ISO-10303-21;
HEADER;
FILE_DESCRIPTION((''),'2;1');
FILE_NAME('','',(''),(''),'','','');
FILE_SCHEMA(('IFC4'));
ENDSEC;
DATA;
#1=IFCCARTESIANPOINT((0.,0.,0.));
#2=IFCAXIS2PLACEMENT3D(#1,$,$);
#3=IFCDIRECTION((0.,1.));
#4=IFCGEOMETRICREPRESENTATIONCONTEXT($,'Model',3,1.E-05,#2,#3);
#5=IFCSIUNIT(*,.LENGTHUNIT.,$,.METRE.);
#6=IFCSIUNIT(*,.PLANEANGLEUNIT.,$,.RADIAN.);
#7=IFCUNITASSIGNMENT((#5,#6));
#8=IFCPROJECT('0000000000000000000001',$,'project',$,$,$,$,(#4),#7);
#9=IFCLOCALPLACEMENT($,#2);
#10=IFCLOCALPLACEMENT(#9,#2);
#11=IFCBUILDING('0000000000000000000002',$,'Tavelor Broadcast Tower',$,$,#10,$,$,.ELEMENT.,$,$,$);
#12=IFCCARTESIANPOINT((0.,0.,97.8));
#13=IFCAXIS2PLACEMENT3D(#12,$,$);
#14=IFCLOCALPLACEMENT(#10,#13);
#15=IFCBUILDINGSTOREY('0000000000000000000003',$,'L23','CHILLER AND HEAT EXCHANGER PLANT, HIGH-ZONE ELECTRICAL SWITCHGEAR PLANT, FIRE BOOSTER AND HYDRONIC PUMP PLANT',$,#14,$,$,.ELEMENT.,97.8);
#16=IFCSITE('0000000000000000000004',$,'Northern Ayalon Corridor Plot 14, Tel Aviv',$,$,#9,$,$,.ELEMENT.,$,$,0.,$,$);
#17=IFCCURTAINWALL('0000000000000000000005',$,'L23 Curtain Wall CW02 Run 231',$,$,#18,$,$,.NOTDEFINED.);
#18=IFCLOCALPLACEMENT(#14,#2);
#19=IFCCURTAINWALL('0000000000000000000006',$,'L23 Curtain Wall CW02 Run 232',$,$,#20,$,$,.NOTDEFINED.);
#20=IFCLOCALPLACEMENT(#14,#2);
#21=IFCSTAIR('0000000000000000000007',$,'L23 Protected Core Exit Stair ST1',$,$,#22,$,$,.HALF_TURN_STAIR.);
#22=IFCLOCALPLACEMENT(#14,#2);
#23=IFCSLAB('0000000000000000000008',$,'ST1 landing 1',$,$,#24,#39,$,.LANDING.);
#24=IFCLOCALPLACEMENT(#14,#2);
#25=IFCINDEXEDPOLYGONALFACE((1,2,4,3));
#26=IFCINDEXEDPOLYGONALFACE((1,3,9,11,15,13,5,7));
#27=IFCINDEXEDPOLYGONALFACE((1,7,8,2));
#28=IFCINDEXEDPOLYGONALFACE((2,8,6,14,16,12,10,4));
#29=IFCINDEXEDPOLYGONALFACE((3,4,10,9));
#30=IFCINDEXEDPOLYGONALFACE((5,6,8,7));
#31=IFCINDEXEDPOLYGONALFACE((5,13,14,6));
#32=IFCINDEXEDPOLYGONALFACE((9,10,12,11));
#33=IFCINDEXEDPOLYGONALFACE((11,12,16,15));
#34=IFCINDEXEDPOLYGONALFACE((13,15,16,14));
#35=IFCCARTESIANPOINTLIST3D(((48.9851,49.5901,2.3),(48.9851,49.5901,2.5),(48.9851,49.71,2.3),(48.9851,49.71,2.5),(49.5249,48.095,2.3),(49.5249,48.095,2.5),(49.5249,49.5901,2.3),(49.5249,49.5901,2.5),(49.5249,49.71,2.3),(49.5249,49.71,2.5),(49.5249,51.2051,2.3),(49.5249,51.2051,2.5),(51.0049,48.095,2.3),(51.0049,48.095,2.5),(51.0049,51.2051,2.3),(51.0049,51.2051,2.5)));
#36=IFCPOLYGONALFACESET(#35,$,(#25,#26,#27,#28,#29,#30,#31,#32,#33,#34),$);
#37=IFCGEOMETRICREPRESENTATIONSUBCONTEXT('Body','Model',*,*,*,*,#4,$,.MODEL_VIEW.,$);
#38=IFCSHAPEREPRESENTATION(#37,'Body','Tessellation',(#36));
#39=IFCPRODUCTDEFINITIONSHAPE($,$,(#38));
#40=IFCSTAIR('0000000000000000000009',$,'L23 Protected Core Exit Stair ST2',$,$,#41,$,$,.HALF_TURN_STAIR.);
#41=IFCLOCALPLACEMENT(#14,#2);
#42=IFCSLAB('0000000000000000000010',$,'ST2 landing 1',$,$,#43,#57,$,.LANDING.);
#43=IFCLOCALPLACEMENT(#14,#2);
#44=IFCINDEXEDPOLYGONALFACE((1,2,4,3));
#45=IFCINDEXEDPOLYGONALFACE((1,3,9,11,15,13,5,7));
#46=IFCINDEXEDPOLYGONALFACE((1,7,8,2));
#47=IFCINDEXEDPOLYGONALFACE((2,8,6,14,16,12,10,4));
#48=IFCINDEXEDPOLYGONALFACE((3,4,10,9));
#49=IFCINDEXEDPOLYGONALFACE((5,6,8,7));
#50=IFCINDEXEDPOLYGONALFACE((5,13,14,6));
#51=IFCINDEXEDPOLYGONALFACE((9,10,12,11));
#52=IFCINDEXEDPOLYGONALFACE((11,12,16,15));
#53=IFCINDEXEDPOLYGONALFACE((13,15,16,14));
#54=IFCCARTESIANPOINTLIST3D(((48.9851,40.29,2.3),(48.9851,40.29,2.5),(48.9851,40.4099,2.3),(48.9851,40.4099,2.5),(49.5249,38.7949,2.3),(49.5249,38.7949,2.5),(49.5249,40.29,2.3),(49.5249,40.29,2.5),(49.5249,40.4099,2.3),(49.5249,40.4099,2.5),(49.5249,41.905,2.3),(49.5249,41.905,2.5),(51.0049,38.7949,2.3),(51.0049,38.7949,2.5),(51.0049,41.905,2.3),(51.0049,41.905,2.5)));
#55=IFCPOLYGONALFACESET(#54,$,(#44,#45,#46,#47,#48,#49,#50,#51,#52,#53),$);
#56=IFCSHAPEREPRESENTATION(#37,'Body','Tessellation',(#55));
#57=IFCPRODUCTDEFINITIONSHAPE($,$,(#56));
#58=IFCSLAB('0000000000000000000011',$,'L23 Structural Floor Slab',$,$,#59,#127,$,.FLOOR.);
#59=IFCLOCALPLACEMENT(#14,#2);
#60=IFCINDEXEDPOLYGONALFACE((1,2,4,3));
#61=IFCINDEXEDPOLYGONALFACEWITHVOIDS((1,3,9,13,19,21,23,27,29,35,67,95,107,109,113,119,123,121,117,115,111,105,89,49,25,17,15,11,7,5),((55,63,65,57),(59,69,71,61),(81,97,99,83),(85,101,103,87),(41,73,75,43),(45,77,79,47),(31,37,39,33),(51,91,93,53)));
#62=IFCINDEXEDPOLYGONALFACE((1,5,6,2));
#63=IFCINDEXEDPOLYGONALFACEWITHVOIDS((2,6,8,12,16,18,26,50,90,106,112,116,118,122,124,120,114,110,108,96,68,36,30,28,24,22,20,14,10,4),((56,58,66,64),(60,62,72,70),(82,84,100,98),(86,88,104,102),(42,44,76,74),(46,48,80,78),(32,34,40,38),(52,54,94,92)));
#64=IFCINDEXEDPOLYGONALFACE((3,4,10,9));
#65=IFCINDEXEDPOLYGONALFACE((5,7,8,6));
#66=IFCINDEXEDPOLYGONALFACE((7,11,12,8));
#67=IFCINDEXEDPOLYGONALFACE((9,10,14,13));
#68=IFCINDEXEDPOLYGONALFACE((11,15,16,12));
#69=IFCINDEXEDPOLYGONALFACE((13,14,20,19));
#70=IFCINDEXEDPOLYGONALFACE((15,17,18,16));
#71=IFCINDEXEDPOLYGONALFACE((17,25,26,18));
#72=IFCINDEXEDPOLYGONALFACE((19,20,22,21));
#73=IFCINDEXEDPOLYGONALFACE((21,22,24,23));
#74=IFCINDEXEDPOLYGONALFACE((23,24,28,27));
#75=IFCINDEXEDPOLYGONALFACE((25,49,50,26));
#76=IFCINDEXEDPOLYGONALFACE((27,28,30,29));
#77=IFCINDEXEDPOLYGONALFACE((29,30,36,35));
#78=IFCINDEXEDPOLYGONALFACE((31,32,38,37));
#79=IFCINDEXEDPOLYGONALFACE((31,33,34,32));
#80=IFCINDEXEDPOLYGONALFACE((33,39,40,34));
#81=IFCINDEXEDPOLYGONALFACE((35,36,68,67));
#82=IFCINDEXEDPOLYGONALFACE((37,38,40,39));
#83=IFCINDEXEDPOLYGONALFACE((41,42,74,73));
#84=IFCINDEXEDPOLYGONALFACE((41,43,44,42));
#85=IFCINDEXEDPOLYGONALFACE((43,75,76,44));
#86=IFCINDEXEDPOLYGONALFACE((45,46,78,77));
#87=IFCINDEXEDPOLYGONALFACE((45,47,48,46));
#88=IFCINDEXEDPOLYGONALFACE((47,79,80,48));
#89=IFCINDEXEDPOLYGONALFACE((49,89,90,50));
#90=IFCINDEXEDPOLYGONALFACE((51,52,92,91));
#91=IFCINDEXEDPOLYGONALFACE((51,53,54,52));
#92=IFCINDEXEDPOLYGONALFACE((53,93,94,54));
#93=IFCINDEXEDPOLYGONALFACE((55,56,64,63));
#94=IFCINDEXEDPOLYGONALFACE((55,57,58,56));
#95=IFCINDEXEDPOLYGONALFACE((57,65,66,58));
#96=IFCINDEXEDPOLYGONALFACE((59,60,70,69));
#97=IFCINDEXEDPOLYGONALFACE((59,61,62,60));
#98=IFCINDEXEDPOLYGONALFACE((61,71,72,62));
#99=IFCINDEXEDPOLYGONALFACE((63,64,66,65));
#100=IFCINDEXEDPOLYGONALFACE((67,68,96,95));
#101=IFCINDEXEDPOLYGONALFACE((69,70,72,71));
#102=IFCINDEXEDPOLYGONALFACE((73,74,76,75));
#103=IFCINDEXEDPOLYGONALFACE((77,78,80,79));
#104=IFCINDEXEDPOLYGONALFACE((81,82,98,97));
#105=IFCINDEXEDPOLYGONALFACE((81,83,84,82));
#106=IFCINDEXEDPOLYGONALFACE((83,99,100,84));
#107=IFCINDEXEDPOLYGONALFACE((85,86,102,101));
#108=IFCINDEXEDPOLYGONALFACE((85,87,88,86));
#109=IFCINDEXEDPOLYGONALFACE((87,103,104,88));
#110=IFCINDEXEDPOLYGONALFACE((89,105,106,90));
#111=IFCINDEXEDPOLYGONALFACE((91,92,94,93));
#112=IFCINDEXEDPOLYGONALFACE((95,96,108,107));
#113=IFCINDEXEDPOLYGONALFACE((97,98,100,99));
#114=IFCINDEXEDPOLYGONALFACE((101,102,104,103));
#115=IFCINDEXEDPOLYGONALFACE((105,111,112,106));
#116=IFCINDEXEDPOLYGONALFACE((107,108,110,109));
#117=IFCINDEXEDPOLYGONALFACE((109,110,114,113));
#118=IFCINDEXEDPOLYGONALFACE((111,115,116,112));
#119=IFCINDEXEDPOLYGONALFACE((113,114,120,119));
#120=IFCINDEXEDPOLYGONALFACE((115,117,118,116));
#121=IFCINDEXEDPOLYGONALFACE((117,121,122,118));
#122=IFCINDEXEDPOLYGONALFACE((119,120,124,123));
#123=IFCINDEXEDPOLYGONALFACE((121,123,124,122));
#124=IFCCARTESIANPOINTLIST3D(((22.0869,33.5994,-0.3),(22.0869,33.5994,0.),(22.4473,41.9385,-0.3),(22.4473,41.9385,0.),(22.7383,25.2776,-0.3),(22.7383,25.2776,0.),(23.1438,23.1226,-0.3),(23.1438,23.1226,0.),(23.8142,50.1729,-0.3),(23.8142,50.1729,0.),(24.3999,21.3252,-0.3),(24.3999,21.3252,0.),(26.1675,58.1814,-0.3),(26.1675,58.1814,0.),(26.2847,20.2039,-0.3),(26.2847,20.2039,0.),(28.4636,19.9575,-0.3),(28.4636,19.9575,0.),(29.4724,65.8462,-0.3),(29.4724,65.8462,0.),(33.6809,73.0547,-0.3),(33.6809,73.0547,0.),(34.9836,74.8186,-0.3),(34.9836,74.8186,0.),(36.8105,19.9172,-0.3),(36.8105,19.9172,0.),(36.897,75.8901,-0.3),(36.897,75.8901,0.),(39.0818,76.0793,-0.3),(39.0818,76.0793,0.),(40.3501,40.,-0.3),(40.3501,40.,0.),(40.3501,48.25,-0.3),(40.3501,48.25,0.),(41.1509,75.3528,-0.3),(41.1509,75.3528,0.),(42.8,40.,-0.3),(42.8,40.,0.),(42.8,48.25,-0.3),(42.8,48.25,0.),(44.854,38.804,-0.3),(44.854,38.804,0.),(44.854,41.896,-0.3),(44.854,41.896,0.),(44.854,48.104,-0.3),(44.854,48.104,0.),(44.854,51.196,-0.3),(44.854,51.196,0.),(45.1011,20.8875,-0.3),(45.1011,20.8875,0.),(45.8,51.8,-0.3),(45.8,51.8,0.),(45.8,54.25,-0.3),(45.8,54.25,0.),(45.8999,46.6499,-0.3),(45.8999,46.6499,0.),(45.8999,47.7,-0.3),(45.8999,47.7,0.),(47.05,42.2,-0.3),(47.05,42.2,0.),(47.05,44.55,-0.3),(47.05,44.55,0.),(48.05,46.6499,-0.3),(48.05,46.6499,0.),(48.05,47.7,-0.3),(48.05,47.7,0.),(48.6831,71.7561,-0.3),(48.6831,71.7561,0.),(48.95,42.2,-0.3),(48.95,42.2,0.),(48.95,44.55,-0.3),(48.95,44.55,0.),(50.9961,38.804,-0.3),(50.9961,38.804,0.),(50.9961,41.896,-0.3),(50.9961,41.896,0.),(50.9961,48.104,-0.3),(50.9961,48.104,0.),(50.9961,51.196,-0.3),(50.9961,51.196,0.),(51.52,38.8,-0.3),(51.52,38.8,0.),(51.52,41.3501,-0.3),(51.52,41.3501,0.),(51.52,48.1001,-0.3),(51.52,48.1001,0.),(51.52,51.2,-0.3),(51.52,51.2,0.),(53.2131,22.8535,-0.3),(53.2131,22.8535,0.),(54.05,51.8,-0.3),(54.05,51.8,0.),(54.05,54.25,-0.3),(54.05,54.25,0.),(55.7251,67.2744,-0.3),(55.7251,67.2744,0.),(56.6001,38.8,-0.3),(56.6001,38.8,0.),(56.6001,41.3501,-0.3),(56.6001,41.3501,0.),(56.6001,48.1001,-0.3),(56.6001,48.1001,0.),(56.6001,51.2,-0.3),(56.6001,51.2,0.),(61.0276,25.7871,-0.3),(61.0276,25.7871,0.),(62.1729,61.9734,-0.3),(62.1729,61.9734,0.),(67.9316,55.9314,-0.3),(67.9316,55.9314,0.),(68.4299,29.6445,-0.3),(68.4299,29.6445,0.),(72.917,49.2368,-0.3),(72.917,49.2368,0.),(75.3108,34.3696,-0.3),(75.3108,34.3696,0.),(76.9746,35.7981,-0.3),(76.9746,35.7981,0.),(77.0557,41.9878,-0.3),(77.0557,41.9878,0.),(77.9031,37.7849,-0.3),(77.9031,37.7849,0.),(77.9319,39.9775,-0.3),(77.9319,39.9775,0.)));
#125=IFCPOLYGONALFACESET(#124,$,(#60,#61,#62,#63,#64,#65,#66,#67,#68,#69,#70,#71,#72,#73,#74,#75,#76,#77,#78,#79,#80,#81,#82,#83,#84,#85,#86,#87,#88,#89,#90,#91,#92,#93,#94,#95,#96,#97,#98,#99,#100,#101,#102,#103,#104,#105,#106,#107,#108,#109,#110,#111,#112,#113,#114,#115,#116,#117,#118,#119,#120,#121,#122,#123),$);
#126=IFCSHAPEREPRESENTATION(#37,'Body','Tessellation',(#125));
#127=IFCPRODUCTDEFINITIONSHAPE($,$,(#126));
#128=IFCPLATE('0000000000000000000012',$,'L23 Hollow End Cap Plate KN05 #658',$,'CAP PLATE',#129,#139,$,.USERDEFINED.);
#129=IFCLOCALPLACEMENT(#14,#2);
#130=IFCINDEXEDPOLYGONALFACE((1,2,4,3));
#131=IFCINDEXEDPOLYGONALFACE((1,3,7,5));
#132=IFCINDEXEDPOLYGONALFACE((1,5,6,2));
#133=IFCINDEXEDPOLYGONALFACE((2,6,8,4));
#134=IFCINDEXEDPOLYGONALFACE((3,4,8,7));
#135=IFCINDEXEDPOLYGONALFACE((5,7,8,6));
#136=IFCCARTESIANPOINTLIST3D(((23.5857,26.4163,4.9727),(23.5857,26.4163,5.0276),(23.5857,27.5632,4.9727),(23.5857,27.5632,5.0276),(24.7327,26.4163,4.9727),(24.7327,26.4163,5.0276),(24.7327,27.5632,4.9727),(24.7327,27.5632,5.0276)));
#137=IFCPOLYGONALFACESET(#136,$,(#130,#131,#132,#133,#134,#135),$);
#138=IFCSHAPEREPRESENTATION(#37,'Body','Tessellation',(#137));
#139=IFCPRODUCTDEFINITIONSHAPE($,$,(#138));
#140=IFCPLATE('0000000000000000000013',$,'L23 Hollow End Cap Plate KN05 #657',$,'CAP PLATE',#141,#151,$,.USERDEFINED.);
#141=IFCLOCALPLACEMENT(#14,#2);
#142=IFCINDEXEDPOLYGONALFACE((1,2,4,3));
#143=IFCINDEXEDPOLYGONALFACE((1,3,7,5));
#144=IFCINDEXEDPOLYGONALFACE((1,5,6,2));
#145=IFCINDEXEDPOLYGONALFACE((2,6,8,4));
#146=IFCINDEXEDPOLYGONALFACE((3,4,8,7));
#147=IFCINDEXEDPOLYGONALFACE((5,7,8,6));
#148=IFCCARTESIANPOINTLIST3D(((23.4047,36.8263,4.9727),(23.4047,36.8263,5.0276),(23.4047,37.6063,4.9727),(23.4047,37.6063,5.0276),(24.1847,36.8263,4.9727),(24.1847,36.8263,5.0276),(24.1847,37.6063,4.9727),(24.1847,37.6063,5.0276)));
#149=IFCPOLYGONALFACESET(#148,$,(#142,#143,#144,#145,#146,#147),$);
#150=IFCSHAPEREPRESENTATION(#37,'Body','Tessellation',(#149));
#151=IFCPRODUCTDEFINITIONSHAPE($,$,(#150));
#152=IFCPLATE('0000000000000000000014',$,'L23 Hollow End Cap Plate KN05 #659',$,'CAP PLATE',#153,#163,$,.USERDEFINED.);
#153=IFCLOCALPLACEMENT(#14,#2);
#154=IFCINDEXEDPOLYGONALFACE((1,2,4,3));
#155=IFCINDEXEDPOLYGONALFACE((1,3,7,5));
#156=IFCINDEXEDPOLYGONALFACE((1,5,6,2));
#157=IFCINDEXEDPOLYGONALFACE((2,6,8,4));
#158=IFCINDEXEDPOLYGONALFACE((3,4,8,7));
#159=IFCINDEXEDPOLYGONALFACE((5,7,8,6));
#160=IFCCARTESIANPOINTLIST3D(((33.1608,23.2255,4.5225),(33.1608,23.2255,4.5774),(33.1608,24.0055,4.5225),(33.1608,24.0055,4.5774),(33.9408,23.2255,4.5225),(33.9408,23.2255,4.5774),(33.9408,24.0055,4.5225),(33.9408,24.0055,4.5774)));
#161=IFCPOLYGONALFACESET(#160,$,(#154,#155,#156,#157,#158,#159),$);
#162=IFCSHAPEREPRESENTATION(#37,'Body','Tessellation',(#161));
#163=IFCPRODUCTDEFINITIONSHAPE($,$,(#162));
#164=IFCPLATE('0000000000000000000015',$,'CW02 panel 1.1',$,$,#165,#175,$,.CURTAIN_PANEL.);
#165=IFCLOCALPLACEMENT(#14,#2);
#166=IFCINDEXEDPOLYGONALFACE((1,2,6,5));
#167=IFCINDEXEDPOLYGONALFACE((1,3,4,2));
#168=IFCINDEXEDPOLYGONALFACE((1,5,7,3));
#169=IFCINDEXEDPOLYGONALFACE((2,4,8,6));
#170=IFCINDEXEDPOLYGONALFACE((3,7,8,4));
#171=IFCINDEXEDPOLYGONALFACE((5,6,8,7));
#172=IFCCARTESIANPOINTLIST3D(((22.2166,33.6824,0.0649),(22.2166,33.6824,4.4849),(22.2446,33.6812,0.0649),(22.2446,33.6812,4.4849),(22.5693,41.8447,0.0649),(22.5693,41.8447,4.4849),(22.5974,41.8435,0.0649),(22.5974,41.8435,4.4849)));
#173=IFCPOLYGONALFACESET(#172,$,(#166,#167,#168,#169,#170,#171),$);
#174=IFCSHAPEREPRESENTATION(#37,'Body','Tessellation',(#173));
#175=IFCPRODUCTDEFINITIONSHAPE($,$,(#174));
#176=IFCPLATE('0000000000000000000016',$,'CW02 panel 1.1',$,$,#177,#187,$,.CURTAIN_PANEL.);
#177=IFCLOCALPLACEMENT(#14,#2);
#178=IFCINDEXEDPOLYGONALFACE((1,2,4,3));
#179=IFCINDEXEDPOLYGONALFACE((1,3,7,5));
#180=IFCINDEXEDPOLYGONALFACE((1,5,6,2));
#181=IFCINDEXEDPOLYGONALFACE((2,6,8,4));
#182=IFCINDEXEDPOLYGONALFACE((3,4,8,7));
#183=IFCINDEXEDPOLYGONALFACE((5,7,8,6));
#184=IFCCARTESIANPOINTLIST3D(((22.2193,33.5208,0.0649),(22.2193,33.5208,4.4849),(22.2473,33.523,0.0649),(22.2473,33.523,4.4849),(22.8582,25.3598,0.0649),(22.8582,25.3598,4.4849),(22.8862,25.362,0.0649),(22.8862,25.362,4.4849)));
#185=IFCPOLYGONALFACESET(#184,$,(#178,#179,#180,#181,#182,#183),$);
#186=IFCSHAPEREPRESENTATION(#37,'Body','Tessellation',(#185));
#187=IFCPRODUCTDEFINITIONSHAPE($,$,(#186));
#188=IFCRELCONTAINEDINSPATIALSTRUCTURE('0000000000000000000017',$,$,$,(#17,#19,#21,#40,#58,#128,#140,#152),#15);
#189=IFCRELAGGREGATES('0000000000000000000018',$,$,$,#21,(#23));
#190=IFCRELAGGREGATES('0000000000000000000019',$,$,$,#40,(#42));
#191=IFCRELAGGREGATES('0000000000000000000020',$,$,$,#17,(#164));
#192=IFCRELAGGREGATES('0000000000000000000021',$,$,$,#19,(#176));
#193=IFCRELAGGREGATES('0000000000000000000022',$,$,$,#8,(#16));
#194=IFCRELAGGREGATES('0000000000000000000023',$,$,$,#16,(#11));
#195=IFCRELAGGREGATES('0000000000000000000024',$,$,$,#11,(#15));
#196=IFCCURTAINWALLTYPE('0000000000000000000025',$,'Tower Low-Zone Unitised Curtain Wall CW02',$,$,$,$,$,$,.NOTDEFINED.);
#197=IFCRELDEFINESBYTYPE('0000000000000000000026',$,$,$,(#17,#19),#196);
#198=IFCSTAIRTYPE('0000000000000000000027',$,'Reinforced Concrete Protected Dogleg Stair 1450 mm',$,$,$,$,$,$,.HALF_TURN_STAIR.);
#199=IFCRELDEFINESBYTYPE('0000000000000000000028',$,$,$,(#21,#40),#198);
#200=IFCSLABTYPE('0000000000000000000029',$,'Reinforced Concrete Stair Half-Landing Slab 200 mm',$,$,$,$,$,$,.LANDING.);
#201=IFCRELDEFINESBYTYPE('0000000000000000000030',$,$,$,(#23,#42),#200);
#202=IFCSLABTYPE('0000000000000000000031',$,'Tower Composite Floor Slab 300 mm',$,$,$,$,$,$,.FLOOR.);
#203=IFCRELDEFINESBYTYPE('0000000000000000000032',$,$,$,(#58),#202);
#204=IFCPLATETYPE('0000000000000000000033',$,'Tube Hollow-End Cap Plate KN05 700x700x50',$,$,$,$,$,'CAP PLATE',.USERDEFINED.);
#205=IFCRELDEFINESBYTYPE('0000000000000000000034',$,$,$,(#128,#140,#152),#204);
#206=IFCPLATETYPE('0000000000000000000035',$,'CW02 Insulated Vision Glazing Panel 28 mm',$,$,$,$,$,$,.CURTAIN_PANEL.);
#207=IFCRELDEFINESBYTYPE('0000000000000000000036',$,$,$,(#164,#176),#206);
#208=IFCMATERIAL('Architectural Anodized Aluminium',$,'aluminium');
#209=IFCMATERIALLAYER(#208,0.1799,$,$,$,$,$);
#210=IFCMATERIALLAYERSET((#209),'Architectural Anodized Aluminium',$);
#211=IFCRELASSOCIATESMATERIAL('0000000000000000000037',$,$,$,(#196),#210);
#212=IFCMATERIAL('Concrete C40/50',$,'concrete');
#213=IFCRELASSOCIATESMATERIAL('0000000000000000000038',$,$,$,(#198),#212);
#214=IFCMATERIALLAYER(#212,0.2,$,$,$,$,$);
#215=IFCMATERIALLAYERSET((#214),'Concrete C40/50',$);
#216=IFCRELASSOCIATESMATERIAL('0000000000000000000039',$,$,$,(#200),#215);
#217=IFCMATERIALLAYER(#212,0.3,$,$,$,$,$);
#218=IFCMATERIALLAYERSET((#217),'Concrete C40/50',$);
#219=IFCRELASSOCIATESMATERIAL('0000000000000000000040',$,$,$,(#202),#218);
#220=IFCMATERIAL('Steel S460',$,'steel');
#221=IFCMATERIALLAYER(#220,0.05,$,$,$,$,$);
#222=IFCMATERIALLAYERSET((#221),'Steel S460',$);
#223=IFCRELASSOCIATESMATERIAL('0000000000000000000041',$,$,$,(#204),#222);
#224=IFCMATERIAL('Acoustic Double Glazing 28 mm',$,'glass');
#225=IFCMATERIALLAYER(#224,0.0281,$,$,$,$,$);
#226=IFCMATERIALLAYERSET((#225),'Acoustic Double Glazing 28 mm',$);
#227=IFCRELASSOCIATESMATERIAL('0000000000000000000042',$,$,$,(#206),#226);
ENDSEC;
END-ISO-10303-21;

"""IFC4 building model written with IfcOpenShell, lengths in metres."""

from ifc_helpers import new_model, si_unit, direction, frame, origin, origin_2d, place, context, subcontext, project, spatial, polyline, rectangle, outline, extrude, source, transform, mapped, material, layer, layer_set, type_object, type_shapes, element, aggregate, save


model = new_model("IFC4")

# Units and contexts
model_context = context("Model", 3, precision=1e-05, world=origin(), true_north=direction((0.0, 1.0)))
body_context = subcontext(model_context, "Body", "Model", "MODEL_VIEW")
ifc_project = project(units=[si_unit("LENGTHUNIT", "METRE"), si_unit("PLANEANGLEUNIT", "RADIAN")], contexts=[model_context])

# Site, building, storey
site_placement = place(None, origin())
site = spatial("IfcSite", under=ifc_project, at=site_placement, Name="Northern Ayalon Corridor Plot 14, Tel Aviv", CompositionType="ELEMENT", RefElevation=0.0)
building_placement = place(site_placement, origin())
building = spatial("IfcBuilding", under=site, at=building_placement, Name="Tavelor Broadcast Tower", CompositionType="ELEMENT")
storey_placement = place(building_placement, frame((0.0, 0.0, 97.8)))
storey = spatial("IfcBuildingStorey", under=building, at=storey_placement, Name="L23", Description="CHILLER AND HEAT EXCHANGER PLANT, HIGH-ZONE ELECTRICAL SWITCHGEAR PLANT, FIRE BOOSTER AND HYDRONIC PUMP PLANT", CompositionType="ELEMENT", Elevation=97.8)

# Shared definitions
ifc_material_1 = material(Name="Steel S460", Category="steel")

# Shared definitions
ifc_material_2 = material(Name="Architectural Anodized Aluminium", Category="aluminium")
ifc_layer_1 = layer(ifc_material_2, 0.1799)
ifc_layer_set_1 = layer_set([ifc_layer_1], Name="Architectural Anodized Aluminium")
curtain_wall_type = type_object("IfcCurtainWallType", Name="Tower Low-Zone Unitised Curtain Wall CW02", PredefinedType="NOTDEFINED", material=ifc_layer_set_1)

# Curtain walls
curtain_wall_1_placement = place(storey_placement, origin())
curtain_wall_1 = element("IfcCurtainWall", 1, at=curtain_wall_1_placement, inside=storey, type_object=curtain_wall_type, Name="L23 Curtain Wall CW02 Run 231", PredefinedType="NOTDEFINED")
curtain_wall_2_placement = place(storey_placement, origin())
curtain_wall_2 = element("IfcCurtainWall", 2, at=curtain_wall_2_placement, inside=storey, type_object=curtain_wall_type, Name="L23 Curtain Wall CW02 Run 232", PredefinedType="NOTDEFINED")

# Stairs, slabs
ifc_material_3 = material(Name="Concrete C40/50", Category="concrete")
stair_type = type_object("IfcStairType", Name="Reinforced Concrete Protected Dogleg Stair 1450 mm", PredefinedType="HALF_TURN_STAIR", material=ifc_material_3)
stair_1_placement = place(storey_placement, origin())
stair_1 = element("IfcStair", 3, at=stair_1_placement, inside=storey, type_object=stair_type, Name="L23 Protected Core Exit Stair ST1", PredefinedType="HALF_TURN_STAIR")
ifc_layer_2 = layer(ifc_material_3, 0.2)
ifc_layer_set_2 = layer_set([ifc_layer_2], Name="Concrete C40/50")
slab_type_1 = type_object("IfcSlabType", Name="Reinforced Concrete Stair Half-Landing Slab 200 mm", PredefinedType="LANDING", material=ifc_layer_set_2)
slab_1_placement = place(storey_placement, frame((0.0, 0.0, 2.3)))
slab_1 = element("IfcSlab", 4, at=slab_1_placement, type_object=slab_type_1, Name="ST1 landing 1", PredefinedType="LANDING", context=body_context, shape_type="SweptSolid", body=[
    extrude(outline(polyline([(49.5249, 49.5901), (49.5249, 48.095), (51.0049, 48.095), (51.0049, 51.2051), (49.5249, 51.2051), (49.5249, 49.71), (48.9851, 49.71), (48.9851, 49.5901), (49.5249, 49.5901)])), origin(), (0.0, 0.0, 1.0), 0.2),
])
aggregate(stair_1, [slab_1])
stair_2_placement = place(storey_placement, origin())
stair_2 = element("IfcStair", 5, at=stair_2_placement, inside=storey, type_object=stair_type, Name="L23 Protected Core Exit Stair ST2", PredefinedType="HALF_TURN_STAIR")
slab_2_placement = place(storey_placement, frame((0.0, 0.0, 2.3)))
slab_2 = element("IfcSlab", 6, at=slab_2_placement, type_object=slab_type_1, Name="ST2 landing 1", PredefinedType="LANDING", context=body_context, shape_type="SweptSolid", body=[
    extrude(outline(polyline([(49.5249, 40.29), (49.5249, 38.7949), (51.0049, 38.7949), (51.0049, 41.905), (49.5249, 41.905), (49.5249, 40.4099), (48.9851, 40.4099), (48.9851, 40.29), (49.5249, 40.29)])), origin(), (0.0, 0.0, 1.0), 0.2),
])
aggregate(stair_2, [slab_2])

# Slab
ifc_layer_3 = layer(ifc_material_3, 0.3)
ifc_layer_set_3 = layer_set([ifc_layer_3], Name="Concrete C40/50")
slab_type_2 = type_object("IfcSlabType", Name="Tower Composite Floor Slab 300 mm", PredefinedType="FLOOR", material=ifc_layer_set_3)
slab_3_placement = place(storey_placement, frame((0.0, 0.0, -0.3)))
element("IfcSlab", 7, at=slab_3_placement, inside=storey, type_object=slab_type_2, Name="L23 Structural Floor Slab", PredefinedType="FLOOR", context=body_context, shape_type="SweptSolid", body=[
    extrude(outline(polyline([(41.1509, 75.3528), (39.0818, 76.0793), (36.897, 75.8901), (34.9836, 74.8186), (33.6809, 73.0547), (29.4724, 65.8462), (26.1675, 58.1814), (23.8142, 50.1729), (22.4473, 41.9385), (22.0869, 33.5994), (22.7383, 25.2776), (23.1438, 23.1226), (24.3999, 21.3252), (26.2847, 20.2039), (28.4636, 19.9575), (36.8105, 19.9172), (45.1011, 20.8875), (53.2131, 22.8535), (61.0276, 25.7871), (68.4299, 29.6445), (75.3108, 34.3696), (76.9746, 35.7981), (77.9031, 37.7849), (77.9319, 39.9775), (77.0557, 41.9878), (72.917, 49.2368), (67.9316, 55.9314), (62.1729, 61.9734), (55.7251, 67.2744), (48.6831, 71.7561), (41.1509, 75.3528)]), holes=[polyline([(56.6001, 38.8), (51.52, 38.8), (51.52, 41.3501), (56.6001, 41.3501), (56.6001, 38.8)]), polyline([(50.9961, 38.804), (44.854, 38.804), (44.854, 41.896), (50.9961, 41.896), (50.9961, 38.804)]), polyline([(47.05, 42.2), (47.05, 44.55), (48.95, 44.55), (48.95, 42.2), (47.05, 42.2)]), polyline([(40.3501, 40.0), (40.3501, 48.25), (42.8, 48.25), (42.8, 40.0), (40.3501, 40.0)]), polyline([(48.05, 46.6499), (45.8999, 46.6499), (45.8999, 47.7), (48.05, 47.7), (48.05, 46.6499)]), polyline([(50.9961, 48.104), (44.854, 48.104), (44.854, 51.196), (50.9961, 51.196), (50.9961, 48.104)]), polyline([(56.6001, 48.1001), (51.52, 48.1001), (51.52, 51.2), (56.6001, 51.2), (56.6001, 48.1001)]), polyline([(54.05, 51.8), (45.8, 51.8), (45.8, 54.25), (54.05, 54.25), (54.05, 51.8)])]), origin(), (0.0, 0.0, 1.0), 0.3),
])

# Plates
ifc_layer_4 = layer(ifc_material_1, 0.05)
ifc_layer_set_4 = layer_set([ifc_layer_4], Name="Steel S460")
plate_type_1 = type_object("IfcPlateType", Name="Tube Hollow-End Cap Plate KN05 700x700x50", ElementType="CAP PLATE", PredefinedType="USERDEFINED", material=ifc_layer_set_4)
shared_shape_1 = source(origin(), body_context, "Body", "SweptSolid", [
    extrude(rectangle(XDim=1.147, YDim=1.147, at=origin_2d()), origin(), (0.0, 0.0, 1.0), 0.0549),
])
plate_1_placement = place(storey_placement, frame((24.1592, 26.9897, 4.9727), z_axis=(0.0, 0.0, 1.0), x_axis=(1.0, 0.0, 0.0)))
element("IfcPlate", 8, at=plate_1_placement, inside=storey, type_object=plate_type_1, Name="L23 Hollow End Cap Plate KN05 #658", ObjectType="CAP PLATE", PredefinedType="USERDEFINED", context=body_context, shape_type="MappedRepresentation", body=[
    mapped(shared_shape_1, transform((0.0, 0.0, 0.0), scale=1.0)),
])
shared_shape_2 = source(origin(), body_context, "Body", "SweptSolid", [
    extrude(rectangle(XDim=0.78, YDim=0.78, at=origin_2d()), origin(), (0.0, 0.0, 1.0), 0.0549),
])
type_shapes(plate_type_1, [shared_shape_1, shared_shape_2])
for number, where, z_axis, x_axis, name in (
    (9, (23.7947, 37.2163, 4.9727), (0.0, 0.0, 1.0), (1.0, 0.0, 0.0), "L23 Hollow End Cap Plate KN05 #657"),
    (10, (33.5508, 23.6155, 4.5225), (0.0, 0.0, 1.0), (1.0, 0.0, 0.0), "L23 Hollow End Cap Plate KN05 #659"),
):
    element("IfcPlate", number, at=place(storey_placement, frame(where, z_axis=z_axis, x_axis=x_axis)), inside=storey, type_object=plate_type_1, Name=name, ObjectType="CAP PLATE", PredefinedType="USERDEFINED", context=body_context, shape_type="MappedRepresentation", body=[
        mapped(shared_shape_2, transform((0.0, 0.0, 0.0), scale=1.0)),
    ])

# Plates
ifc_material_4 = material(Name="Acoustic Double Glazing 28 mm", Category="glass")
ifc_layer_5 = layer(ifc_material_4, 0.0281)
ifc_layer_set_5 = layer_set([ifc_layer_5], Name="Acoustic Double Glazing 28 mm")
plate_type_2 = type_object("IfcPlateType", Name="CW02 Insulated Vision Glazing Panel 28 mm", PredefinedType="CURTAIN_PANEL", material=ifc_layer_set_5)
shared_shape_3 = source(origin(), body_context, "Body", "SweptSolid", [
    extrude(rectangle(XDim=8.1699, YDim=0.0281, at=origin_2d()), origin(), (0.0, 0.0, 1.0), 4.4199),
])
plate_2_placement = place(storey_placement, frame((22.407, 37.7629, 0.0649), z_axis=(0.0, 0.0, 1.0), x_axis=(-0.043181, -0.999067, 0.0)))
plate_2 = element("IfcPlate", 11, at=plate_2_placement, type_object=plate_type_2, Name="CW02 panel 1.1", PredefinedType="CURTAIN_PANEL", context=body_context, shape_type="MappedRepresentation", body=[
    mapped(shared_shape_3, transform((0.0, 0.0, 0.0), scale=1.0)),
])
aggregate(curtain_wall_1, [plate_2])
shared_shape_4 = source(origin(), body_context, "Body", "SweptSolid", [
    extrude(rectangle(XDim=8.186, YDim=0.0281, at=origin_2d()), origin(), (0.0, 0.0, 1.0), 4.4199),
])
type_shapes(plate_type_2, [shared_shape_3, shared_shape_4])
plate_3_placement = place(storey_placement, frame((22.5527, 29.4414, 0.0649), z_axis=(0.0, 0.0, 1.0), x_axis=(0.078055, -0.996949, 0.0)))
plate_3 = element("IfcPlate", 12, at=plate_3_placement, type_object=plate_type_2, Name="CW02 panel 1.1", PredefinedType="CURTAIN_PANEL", context=body_context, shape_type="MappedRepresentation", body=[
    mapped(shared_shape_4, transform((0.0, 0.0, 0.0), scale=1.0)),
])
aggregate(curtain_wall_2, [plate_3])

save(model, "model.ifc")
